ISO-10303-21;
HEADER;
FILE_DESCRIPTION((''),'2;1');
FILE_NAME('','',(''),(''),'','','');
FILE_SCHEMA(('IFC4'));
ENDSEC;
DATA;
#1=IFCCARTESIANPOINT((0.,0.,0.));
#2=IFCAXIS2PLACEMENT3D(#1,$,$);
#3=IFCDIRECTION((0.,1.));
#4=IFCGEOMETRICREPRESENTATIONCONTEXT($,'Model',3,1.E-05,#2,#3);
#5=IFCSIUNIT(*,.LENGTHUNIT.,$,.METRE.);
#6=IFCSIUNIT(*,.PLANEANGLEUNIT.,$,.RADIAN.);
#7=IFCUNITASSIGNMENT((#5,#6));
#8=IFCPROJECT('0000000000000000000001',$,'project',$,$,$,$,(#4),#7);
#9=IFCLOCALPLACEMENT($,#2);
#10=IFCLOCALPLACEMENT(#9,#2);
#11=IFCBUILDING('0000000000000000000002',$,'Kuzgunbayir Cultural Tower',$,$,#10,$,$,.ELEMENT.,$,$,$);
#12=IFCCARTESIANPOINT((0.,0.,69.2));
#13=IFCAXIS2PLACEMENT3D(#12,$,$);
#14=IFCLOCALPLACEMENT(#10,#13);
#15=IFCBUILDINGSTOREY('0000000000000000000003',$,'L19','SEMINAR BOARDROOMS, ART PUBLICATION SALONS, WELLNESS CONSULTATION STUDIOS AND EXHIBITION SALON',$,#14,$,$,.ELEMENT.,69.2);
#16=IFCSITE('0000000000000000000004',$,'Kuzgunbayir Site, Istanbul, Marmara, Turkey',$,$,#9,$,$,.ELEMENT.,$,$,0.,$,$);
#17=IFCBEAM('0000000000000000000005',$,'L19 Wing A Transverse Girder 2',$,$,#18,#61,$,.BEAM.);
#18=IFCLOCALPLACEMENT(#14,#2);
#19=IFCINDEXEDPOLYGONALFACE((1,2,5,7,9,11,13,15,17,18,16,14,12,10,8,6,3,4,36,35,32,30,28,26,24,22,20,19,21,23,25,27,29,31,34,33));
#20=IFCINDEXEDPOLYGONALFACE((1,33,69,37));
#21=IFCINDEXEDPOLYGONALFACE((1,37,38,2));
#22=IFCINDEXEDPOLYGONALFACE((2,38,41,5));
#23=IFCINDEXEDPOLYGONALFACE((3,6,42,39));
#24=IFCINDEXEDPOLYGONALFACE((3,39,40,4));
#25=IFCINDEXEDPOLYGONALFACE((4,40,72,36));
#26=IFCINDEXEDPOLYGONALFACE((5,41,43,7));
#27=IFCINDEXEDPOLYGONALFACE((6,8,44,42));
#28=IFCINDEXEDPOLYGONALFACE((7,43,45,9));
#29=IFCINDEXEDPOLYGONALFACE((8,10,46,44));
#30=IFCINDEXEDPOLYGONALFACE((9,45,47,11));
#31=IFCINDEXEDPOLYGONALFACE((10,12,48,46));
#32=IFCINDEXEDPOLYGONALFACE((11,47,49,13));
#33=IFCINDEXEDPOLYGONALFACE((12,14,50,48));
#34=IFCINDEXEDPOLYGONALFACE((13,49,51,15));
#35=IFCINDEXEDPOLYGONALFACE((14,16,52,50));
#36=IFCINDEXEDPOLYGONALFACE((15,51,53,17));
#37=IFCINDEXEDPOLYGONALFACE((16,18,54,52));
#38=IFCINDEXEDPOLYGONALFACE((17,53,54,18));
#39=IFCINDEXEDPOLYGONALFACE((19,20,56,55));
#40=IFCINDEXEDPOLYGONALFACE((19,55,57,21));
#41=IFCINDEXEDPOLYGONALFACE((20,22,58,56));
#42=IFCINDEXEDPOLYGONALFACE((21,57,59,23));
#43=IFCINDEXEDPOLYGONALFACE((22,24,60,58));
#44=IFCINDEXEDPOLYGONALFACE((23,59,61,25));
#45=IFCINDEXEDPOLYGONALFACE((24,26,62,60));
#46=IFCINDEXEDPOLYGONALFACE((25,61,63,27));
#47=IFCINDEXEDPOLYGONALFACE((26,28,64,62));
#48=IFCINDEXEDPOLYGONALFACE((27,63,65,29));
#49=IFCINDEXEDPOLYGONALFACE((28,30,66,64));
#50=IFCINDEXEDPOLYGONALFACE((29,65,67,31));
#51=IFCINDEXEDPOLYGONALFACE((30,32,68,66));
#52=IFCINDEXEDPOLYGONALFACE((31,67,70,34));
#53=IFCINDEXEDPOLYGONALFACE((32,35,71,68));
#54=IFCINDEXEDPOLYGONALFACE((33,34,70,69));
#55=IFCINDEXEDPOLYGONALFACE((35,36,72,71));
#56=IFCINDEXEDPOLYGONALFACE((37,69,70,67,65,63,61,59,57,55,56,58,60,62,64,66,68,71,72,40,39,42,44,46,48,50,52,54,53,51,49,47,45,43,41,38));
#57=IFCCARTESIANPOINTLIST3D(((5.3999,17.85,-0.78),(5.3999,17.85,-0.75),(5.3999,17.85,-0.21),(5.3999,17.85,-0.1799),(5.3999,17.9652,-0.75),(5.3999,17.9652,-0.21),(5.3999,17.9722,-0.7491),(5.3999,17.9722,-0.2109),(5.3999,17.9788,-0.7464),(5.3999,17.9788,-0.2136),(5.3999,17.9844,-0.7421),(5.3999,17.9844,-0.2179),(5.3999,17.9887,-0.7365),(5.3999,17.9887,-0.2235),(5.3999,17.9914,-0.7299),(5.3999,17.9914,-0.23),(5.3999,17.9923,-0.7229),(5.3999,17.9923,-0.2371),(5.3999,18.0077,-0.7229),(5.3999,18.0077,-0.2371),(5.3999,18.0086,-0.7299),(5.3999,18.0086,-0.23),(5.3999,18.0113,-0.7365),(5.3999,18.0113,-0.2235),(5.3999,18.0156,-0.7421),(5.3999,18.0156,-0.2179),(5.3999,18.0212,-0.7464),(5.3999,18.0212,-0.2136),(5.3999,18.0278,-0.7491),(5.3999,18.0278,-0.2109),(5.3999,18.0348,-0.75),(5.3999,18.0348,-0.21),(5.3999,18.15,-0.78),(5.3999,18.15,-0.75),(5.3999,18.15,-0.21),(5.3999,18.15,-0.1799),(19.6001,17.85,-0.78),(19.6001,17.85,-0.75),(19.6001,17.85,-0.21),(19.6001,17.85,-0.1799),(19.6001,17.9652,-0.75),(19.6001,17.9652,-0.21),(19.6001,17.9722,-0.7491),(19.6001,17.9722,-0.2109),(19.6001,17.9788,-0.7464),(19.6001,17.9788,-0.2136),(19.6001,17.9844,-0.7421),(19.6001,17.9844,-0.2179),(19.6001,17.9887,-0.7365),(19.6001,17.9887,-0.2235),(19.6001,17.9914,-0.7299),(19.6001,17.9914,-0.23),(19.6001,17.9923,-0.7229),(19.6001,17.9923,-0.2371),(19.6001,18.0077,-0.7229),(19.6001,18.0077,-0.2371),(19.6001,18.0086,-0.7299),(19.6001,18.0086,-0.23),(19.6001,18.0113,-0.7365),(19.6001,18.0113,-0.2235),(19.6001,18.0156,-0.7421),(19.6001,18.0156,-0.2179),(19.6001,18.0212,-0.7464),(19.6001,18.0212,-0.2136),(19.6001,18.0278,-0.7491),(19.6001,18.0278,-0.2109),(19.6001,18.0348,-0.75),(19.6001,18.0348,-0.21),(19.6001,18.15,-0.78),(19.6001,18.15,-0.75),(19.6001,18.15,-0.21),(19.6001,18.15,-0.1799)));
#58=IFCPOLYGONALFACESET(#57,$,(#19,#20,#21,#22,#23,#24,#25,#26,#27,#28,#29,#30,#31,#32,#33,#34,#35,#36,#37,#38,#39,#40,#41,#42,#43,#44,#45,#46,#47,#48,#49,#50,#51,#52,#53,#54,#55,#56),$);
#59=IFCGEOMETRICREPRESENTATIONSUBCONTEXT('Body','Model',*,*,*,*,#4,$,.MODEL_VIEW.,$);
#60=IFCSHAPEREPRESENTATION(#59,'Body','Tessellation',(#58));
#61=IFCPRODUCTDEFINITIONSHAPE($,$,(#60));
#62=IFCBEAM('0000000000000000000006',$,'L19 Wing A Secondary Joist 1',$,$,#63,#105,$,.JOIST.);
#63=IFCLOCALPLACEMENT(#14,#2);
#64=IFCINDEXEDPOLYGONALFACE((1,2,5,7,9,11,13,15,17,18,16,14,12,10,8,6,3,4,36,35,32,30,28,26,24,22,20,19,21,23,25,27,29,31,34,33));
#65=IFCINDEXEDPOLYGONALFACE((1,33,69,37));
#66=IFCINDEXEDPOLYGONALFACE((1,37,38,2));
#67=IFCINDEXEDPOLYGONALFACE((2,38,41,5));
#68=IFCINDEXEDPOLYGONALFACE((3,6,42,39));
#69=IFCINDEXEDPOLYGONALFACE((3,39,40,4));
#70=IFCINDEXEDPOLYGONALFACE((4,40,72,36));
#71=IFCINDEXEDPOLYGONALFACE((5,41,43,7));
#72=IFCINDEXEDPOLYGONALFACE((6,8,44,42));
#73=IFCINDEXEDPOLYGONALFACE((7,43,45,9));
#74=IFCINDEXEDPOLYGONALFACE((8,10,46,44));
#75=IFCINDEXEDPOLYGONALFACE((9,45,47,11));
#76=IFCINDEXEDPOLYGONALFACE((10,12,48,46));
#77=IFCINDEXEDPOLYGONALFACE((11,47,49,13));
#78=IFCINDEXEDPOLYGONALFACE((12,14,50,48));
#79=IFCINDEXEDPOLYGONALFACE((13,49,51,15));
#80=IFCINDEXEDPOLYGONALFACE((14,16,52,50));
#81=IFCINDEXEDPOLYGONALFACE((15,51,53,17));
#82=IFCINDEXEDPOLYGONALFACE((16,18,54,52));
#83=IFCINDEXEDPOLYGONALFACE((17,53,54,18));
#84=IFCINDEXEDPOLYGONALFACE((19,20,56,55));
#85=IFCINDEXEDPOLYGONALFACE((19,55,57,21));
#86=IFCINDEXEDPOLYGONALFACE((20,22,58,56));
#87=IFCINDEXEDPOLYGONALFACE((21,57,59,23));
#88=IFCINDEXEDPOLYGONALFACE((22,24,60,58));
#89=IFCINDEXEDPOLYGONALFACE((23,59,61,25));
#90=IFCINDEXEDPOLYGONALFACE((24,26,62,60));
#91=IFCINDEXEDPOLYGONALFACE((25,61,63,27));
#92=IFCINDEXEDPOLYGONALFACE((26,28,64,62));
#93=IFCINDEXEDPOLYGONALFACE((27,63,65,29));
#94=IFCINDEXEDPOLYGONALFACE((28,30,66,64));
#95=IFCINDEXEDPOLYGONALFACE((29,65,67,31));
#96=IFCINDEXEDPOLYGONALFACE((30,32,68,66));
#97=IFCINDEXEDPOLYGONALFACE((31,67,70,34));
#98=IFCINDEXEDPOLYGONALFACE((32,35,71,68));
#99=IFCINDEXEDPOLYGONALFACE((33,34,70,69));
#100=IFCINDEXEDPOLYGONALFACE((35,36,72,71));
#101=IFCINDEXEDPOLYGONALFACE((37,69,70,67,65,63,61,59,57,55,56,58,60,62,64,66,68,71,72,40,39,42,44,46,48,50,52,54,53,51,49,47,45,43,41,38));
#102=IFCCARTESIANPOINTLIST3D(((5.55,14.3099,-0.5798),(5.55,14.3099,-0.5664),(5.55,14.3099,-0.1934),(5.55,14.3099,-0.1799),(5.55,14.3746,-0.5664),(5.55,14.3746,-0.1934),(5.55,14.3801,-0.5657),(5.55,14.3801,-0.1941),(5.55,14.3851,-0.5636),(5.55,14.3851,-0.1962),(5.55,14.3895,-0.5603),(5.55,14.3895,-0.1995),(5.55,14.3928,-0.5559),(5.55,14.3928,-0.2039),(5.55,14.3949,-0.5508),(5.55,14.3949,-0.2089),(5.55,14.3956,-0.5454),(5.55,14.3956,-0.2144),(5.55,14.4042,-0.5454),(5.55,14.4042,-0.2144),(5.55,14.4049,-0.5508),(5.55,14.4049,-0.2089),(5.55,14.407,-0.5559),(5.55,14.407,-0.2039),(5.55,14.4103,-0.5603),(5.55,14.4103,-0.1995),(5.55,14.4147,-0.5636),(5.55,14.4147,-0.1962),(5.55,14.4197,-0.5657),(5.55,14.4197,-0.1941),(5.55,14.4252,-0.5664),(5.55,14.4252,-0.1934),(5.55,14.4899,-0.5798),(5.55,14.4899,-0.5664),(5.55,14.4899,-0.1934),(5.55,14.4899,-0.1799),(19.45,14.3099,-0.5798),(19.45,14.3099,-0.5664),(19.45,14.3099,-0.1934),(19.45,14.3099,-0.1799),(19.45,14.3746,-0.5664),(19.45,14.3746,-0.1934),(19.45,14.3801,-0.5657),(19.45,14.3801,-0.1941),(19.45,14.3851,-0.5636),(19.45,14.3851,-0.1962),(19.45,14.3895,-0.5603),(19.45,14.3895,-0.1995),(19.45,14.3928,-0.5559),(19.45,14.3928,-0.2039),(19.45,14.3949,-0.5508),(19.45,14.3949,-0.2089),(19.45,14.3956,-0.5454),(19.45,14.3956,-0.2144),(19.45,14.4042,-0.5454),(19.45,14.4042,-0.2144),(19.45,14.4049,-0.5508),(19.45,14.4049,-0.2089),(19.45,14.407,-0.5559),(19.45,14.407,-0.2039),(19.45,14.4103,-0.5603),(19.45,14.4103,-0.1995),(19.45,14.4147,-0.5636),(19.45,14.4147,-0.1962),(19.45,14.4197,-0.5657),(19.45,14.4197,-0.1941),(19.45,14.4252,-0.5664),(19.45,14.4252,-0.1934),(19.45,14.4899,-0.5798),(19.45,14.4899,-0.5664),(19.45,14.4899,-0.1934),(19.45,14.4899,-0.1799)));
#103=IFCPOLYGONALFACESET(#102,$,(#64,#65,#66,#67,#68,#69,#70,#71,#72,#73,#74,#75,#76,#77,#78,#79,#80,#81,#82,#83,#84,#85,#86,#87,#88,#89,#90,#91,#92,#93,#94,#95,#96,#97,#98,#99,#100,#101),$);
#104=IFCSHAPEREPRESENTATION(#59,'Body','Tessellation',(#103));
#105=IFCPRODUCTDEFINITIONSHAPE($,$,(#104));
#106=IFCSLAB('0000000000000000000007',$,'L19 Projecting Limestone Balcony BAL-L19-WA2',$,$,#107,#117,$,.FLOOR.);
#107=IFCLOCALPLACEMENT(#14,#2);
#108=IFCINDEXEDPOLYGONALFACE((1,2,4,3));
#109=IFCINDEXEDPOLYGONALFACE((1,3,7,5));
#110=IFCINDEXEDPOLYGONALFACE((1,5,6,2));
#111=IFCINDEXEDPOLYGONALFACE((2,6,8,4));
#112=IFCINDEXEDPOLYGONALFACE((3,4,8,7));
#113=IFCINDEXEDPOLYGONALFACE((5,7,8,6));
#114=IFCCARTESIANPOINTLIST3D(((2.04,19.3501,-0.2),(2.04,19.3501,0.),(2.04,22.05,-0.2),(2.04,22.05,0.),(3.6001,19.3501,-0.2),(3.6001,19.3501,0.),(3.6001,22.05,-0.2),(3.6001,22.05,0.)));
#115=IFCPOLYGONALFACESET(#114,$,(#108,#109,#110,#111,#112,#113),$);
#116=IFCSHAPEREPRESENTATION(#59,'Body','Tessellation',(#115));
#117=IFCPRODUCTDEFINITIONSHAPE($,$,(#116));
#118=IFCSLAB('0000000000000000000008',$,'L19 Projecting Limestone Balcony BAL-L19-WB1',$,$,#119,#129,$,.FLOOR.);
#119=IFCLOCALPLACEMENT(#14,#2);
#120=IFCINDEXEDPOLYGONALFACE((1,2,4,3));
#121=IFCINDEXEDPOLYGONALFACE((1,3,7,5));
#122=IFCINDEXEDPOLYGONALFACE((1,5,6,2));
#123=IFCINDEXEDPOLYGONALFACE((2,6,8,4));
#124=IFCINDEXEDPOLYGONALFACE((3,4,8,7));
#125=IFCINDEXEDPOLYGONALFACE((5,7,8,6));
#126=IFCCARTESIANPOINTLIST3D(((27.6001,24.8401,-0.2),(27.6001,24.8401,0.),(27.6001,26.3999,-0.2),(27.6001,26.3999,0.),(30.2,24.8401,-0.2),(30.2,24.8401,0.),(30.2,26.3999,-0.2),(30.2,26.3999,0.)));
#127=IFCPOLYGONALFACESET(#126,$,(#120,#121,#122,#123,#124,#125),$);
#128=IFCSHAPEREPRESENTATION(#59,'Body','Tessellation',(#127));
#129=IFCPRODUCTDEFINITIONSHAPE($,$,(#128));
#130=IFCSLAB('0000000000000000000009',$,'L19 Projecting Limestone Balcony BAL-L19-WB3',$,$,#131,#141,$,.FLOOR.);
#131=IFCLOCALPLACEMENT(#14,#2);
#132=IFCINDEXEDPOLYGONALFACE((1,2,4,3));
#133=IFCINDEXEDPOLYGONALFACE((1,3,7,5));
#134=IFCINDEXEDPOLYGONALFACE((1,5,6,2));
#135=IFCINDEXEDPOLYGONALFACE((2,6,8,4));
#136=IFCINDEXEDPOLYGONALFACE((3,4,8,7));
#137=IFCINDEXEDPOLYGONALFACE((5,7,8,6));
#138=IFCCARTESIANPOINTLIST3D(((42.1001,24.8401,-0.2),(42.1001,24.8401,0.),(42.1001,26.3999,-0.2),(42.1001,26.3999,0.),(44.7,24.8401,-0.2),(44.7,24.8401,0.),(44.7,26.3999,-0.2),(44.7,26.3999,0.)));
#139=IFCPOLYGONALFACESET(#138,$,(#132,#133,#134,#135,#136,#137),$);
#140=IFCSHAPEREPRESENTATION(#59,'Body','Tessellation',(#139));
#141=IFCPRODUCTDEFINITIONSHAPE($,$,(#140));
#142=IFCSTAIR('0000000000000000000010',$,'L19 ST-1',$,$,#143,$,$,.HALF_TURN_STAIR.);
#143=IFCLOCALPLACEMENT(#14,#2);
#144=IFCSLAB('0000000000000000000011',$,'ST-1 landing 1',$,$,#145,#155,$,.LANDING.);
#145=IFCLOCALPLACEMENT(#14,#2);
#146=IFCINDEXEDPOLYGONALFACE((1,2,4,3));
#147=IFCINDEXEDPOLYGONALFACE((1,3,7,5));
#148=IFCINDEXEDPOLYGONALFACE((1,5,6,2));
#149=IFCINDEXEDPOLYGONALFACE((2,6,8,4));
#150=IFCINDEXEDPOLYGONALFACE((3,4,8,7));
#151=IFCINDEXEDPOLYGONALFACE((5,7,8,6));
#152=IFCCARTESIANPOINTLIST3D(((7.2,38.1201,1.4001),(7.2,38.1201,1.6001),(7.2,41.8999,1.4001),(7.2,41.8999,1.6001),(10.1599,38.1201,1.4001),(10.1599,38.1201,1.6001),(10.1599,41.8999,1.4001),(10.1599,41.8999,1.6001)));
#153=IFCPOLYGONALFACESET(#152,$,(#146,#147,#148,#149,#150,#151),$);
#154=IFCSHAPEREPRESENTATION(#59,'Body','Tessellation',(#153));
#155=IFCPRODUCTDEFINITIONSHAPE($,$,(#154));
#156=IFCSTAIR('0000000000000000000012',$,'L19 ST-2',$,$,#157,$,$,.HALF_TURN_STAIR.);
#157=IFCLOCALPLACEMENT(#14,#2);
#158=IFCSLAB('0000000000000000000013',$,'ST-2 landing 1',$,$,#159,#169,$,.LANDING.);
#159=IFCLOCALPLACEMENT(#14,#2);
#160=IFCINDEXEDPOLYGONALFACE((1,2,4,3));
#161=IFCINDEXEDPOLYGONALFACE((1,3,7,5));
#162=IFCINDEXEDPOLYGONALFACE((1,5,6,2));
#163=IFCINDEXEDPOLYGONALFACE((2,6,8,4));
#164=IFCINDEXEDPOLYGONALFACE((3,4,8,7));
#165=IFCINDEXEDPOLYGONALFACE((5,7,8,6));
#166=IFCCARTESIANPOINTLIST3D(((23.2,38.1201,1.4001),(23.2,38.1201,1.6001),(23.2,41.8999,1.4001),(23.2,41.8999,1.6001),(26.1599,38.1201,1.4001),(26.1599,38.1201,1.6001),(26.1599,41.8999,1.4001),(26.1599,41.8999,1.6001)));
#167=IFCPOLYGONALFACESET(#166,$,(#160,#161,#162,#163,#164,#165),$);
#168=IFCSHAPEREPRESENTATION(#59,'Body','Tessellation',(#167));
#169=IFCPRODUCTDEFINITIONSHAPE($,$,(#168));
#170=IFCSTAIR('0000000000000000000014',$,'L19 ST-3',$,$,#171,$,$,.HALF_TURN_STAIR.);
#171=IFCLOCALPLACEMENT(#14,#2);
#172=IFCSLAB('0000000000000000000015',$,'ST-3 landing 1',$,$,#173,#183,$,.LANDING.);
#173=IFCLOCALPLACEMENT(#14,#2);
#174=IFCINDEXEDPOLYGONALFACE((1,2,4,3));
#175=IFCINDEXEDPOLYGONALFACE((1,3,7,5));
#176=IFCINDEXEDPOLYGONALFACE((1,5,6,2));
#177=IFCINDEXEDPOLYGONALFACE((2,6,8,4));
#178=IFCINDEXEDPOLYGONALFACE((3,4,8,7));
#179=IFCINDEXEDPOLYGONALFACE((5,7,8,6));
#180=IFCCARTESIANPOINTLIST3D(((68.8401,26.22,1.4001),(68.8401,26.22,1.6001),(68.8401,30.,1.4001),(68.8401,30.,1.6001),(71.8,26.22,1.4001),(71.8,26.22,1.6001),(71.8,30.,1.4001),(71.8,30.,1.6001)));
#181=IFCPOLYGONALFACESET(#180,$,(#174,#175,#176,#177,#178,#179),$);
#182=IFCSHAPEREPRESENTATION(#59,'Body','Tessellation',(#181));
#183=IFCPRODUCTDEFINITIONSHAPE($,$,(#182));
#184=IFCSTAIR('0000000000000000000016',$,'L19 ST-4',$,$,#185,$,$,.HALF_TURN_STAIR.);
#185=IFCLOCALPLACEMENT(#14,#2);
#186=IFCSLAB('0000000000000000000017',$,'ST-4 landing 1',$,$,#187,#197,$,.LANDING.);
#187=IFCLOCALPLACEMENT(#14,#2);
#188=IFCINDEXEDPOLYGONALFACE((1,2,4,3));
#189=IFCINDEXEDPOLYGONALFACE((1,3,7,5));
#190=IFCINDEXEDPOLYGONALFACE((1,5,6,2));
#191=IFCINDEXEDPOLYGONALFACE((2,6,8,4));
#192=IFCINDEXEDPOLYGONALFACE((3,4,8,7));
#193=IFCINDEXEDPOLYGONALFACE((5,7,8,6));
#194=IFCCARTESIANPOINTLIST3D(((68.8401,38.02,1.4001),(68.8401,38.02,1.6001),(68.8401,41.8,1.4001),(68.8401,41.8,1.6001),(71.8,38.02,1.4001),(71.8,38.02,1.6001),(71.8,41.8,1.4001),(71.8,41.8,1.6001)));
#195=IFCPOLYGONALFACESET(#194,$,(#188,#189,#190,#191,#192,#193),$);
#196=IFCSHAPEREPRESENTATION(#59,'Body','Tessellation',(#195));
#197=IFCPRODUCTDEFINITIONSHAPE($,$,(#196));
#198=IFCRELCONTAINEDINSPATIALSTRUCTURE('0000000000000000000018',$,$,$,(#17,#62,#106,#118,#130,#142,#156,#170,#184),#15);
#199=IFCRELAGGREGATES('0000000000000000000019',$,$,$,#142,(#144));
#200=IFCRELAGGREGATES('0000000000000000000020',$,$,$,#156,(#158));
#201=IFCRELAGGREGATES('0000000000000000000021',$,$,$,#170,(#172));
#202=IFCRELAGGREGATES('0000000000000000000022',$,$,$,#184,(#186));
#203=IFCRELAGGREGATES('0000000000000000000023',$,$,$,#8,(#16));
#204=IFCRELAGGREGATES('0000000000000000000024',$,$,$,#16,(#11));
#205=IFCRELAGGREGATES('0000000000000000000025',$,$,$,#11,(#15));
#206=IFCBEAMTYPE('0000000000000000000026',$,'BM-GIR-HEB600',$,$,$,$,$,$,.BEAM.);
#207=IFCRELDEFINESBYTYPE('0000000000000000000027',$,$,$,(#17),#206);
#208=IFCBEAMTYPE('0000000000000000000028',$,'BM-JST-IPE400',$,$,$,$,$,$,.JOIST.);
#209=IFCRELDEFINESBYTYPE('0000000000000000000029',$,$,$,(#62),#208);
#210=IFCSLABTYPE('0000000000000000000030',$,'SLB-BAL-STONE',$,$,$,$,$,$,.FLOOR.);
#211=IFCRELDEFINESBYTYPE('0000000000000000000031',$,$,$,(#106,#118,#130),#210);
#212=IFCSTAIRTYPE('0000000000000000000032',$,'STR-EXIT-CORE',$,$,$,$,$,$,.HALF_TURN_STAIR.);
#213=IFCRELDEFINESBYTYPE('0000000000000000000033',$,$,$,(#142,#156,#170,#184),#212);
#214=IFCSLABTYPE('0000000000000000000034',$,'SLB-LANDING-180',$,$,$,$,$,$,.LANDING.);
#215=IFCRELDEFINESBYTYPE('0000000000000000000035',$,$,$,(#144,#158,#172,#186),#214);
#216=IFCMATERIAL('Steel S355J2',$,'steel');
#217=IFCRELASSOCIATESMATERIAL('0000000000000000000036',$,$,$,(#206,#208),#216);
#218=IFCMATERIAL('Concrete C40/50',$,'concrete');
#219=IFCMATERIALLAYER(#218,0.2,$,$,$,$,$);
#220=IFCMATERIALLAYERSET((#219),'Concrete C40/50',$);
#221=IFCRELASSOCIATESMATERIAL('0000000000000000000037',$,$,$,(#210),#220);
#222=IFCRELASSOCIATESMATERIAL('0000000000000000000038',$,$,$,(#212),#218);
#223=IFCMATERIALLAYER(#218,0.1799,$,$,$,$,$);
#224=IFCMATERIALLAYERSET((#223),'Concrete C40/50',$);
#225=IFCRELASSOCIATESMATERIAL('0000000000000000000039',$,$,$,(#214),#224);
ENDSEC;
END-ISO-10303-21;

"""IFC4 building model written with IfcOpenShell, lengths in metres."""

from ifc_helpers import new_model, si_unit, direction, frame, origin, origin_2d, place, context, subcontext, project, spatial, polyline, i_section, outline, extrude, material, layer, layer_set, material_profile, profile_set, type_object, element, aggregate, save


model = new_model("IFC4")

# Units and contexts
model_context = context("Model", 3, precision=1e-05, world=origin(), true_north=direction((0.0, 1.0)))
body_context = subcontext(model_context, "Body", "Model", "MODEL_VIEW")
ifc_project = project(units=[si_unit("LENGTHUNIT", "METRE"), si_unit("PLANEANGLEUNIT", "RADIAN")], contexts=[model_context])

# Site, building, storey
site_placement = place(None, origin())
site = spatial("IfcSite", under=ifc_project, at=site_placement, Name="Kuzgunbayir Site, Istanbul, Marmara, Turkey", CompositionType="ELEMENT", RefElevation=0.0)
building_placement = place(site_placement, origin())
building = spatial("IfcBuilding", under=site, at=building_placement, Name="Kuzgunbayir Cultural Tower", CompositionType="ELEMENT")
storey_placement = place(building_placement, frame((0.0, 0.0, 69.2)))
storey = spatial("IfcBuildingStorey", under=building, at=storey_placement, Name="L19", Description="SEMINAR BOARDROOMS, ART PUBLICATION SALONS, WELLNESS CONSULTATION STUDIOS AND EXHIBITION SALON", CompositionType="ELEMENT", Elevation=69.2)

# Beams
ifc_material_1 = material(Name="Steel S355J2", Category="steel")
ifc_material_profile_1 = material_profile(ifc_material_1, i_section(OverallWidth=0.3, OverallDepth=0.6001, WebThickness=0.0154, FlangeThickness=0.03, FilletRadius=0.0271, at=origin_2d()), Name="HEB 600")
ifc_profile_set_1 = profile_set([ifc_material_profile_1], Name="Steel S355J2")
beam_type_1 = type_object("IfcBeamType", Name="BM-GIR-HEB600", PredefinedType="BEAM", material=ifc_profile_set_1)
for number, where, z_axis, x_axis, name in (
    (1, (5.3999, 18.0, -0.48), (1.0, 0.0, 0.0), (0.0, 1.0, 0.0), "L19 Wing A Transverse Girder 2"),
):
    element("IfcBeam", number, at=place(storey_placement, frame(where, z_axis=z_axis, x_axis=x_axis)), inside=storey, type_object=beam_type_1, Name=name, PredefinedType="BEAM", context=body_context, shape_type="SweptSolid", body=[
        extrude(i_section(OverallWidth=0.3, OverallDepth=0.6001, WebThickness=0.0154, FlangeThickness=0.03, FilletRadius=0.0271, at=origin_2d()), origin(), (0.0, 0.0, 1.0), 14.2002),
    ])
ifc_material_profile_2 = material_profile(ifc_material_1, i_section(OverallWidth=0.1799, OverallDepth=0.3999, WebThickness=0.0085, FlangeThickness=0.0134, FilletRadius=0.021, at=origin_2d()), Name="IPE 400")
ifc_profile_set_2 = profile_set([ifc_material_profile_2], Name="Steel S355J2")
beam_type_2 = type_object("IfcBeamType", Name="BM-JST-IPE400", PredefinedType="JOIST", material=ifc_profile_set_2)
beam_placement = place(storey_placement, frame((5.55, 14.3999, -0.3799), z_axis=(1.0, 0.0, 0.0), x_axis=(0.0, 1.0, 0.0)))
element("IfcBeam", 2, at=beam_placement, inside=storey, type_object=beam_type_2, Name="L19 Wing A Secondary Joist 1", PredefinedType="JOIST", context=body_context, shape_type="SweptSolid", body=[
    extrude(i_section(OverallWidth=0.1799, OverallDepth=0.3999, WebThickness=0.0085, FlangeThickness=0.0134, FilletRadius=0.021, at=origin_2d()), origin(), (0.0, 0.0, 1.0), 13.8999),
])

# Slabs
ifc_material_2 = material(Name="Concrete C40/50", Category="concrete")
ifc_layer_1 = layer(ifc_material_2, 0.2)
ifc_layer_set_1 = layer_set([ifc_layer_1], Name="Concrete C40/50")
slab_type_1 = type_object("IfcSlabType", Name="SLB-BAL-STONE", PredefinedType="FLOOR", material=ifc_layer_set_1)
slab_1_placement = place(storey_placement, frame((0.0, 0.0, -0.2)))
element("IfcSlab", 3, at=slab_1_placement, inside=storey, type_object=slab_type_1, Name="L19 Projecting Limestone Balcony BAL-L19-WA2", PredefinedType="FLOOR", context=body_context, shape_type="SweptSolid", body=[
    extrude(outline(polyline([(2.04, 19.3501), (3.6001, 19.3501), (3.6001, 22.05), (2.04, 22.05), (2.04, 19.3501)])), origin(), (0.0, 0.0, 1.0), 0.2),
])
slab_2_placement = place(storey_placement, frame((0.0, 0.0, -0.2)))
element("IfcSlab", 4, at=slab_2_placement, inside=storey, type_object=slab_type_1, Name="L19 Projecting Limestone Balcony BAL-L19-WB1", PredefinedType="FLOOR", context=body_context, shape_type="SweptSolid", body=[
    extrude(outline(polyline([(27.6001, 24.8401), (30.2, 24.8401), (30.2, 26.3999), (27.6001, 26.3999), (27.6001, 24.8401)])), origin(), (0.0, 0.0, 1.0), 0.2),
])
slab_3_placement = place(storey_placement, frame((0.0, 0.0, -0.2)))
element("IfcSlab", 5, at=slab_3_placement, inside=storey, type_object=slab_type_1, Name="L19 Projecting Limestone Balcony BAL-L19-WB3", PredefinedType="FLOOR", context=body_context, shape_type="SweptSolid", body=[
    extrude(outline(polyline([(42.1001, 24.8401), (44.7, 24.8401), (44.7, 26.3999), (42.1001, 26.3999), (42.1001, 24.8401)])), origin(), (0.0, 0.0, 1.0), 0.2),
])

# Stairs, slabs
stair_type = type_object("IfcStairType", Name="STR-EXIT-CORE", PredefinedType="HALF_TURN_STAIR", material=ifc_material_2)
stair_1_placement = place(storey_placement, origin())
stair_1 = element("IfcStair", 6, at=stair_1_placement, inside=storey, type_object=stair_type, Name="L19 ST-1", PredefinedType="HALF_TURN_STAIR")
ifc_layer_2 = layer(ifc_material_2, 0.1799)
ifc_layer_set_2 = layer_set([ifc_layer_2], Name="Concrete C40/50")
slab_type_2 = type_object("IfcSlabType", Name="SLB-LANDING-180", PredefinedType="LANDING", material=ifc_layer_set_2)
slab_4_placement = place(storey_placement, frame((0.0, 0.0, 1.4001)))
slab_4 = element("IfcSlab", 7, at=slab_4_placement, type_object=slab_type_2, Name="ST-1 landing 1", PredefinedType="LANDING", context=body_context, shape_type="SweptSolid", body=[
    extrude(outline(polyline([(10.1599, 38.1201), (10.1599, 41.8999), (7.2, 41.8999), (7.2, 38.1201), (10.1599, 38.1201)])), origin(), (0.0, 0.0, 1.0), 0.2),
])
aggregate(stair_1, [slab_4])
stair_2_placement = place(storey_placement, origin())
stair_2 = element("IfcStair", 8, at=stair_2_placement, inside=storey, type_object=stair_type, Name="L19 ST-2", PredefinedType="HALF_TURN_STAIR")
slab_5_placement = place(storey_placement, frame((0.0, 0.0, 1.4001)))
slab_5 = element("IfcSlab", 9, at=slab_5_placement, type_object=slab_type_2, Name="ST-2 landing 1", PredefinedType="LANDING", context=body_context, shape_type="SweptSolid", body=[
    extrude(outline(polyline([(26.1599, 38.1201), (26.1599, 41.8999), (23.2, 41.8999), (23.2, 38.1201), (26.1599, 38.1201)])), origin(), (0.0, 0.0, 1.0), 0.2),
])
aggregate(stair_2, [slab_5])
stair_3_placement = place(storey_placement, origin())
stair_3 = element("IfcStair", 10, at=stair_3_placement, inside=storey, type_object=stair_type, Name="L19 ST-3", PredefinedType="HALF_TURN_STAIR")
slab_6_placement = place(storey_placement, frame((0.0, 0.0, 1.4001)))
slab_6 = element("IfcSlab", 11, at=slab_6_placement, type_object=slab_type_2, Name="ST-3 landing 1", PredefinedType="LANDING", context=body_context, shape_type="SweptSolid", body=[
    extrude(outline(polyline([(71.8, 26.22), (71.8, 30.0), (68.8401, 30.0), (68.8401, 26.22), (71.8, 26.22)])), origin(), (0.0, 0.0, 1.0), 0.2),
])
aggregate(stair_3, [slab_6])
stair_4_placement = place(storey_placement, origin())
stair_4 = element("IfcStair", 12, at=stair_4_placement, inside=storey, type_object=stair_type, Name="L19 ST-4", PredefinedType="HALF_TURN_STAIR")
slab_7_placement = place(storey_placement, frame((0.0, 0.0, 1.4001)))
slab_7 = element("IfcSlab", 13, at=slab_7_placement, type_object=slab_type_2, Name="ST-4 landing 1", PredefinedType="LANDING", context=body_context, shape_type="SweptSolid", body=[
    extrude(outline(polyline([(71.8, 38.02), (71.8, 41.8), (68.8401, 41.8), (68.8401, 38.02), (71.8, 38.02)])), origin(), (0.0, 0.0, 1.0), 0.2),
])
aggregate(stair_4, [slab_7])

save(model, "model.ifc")
